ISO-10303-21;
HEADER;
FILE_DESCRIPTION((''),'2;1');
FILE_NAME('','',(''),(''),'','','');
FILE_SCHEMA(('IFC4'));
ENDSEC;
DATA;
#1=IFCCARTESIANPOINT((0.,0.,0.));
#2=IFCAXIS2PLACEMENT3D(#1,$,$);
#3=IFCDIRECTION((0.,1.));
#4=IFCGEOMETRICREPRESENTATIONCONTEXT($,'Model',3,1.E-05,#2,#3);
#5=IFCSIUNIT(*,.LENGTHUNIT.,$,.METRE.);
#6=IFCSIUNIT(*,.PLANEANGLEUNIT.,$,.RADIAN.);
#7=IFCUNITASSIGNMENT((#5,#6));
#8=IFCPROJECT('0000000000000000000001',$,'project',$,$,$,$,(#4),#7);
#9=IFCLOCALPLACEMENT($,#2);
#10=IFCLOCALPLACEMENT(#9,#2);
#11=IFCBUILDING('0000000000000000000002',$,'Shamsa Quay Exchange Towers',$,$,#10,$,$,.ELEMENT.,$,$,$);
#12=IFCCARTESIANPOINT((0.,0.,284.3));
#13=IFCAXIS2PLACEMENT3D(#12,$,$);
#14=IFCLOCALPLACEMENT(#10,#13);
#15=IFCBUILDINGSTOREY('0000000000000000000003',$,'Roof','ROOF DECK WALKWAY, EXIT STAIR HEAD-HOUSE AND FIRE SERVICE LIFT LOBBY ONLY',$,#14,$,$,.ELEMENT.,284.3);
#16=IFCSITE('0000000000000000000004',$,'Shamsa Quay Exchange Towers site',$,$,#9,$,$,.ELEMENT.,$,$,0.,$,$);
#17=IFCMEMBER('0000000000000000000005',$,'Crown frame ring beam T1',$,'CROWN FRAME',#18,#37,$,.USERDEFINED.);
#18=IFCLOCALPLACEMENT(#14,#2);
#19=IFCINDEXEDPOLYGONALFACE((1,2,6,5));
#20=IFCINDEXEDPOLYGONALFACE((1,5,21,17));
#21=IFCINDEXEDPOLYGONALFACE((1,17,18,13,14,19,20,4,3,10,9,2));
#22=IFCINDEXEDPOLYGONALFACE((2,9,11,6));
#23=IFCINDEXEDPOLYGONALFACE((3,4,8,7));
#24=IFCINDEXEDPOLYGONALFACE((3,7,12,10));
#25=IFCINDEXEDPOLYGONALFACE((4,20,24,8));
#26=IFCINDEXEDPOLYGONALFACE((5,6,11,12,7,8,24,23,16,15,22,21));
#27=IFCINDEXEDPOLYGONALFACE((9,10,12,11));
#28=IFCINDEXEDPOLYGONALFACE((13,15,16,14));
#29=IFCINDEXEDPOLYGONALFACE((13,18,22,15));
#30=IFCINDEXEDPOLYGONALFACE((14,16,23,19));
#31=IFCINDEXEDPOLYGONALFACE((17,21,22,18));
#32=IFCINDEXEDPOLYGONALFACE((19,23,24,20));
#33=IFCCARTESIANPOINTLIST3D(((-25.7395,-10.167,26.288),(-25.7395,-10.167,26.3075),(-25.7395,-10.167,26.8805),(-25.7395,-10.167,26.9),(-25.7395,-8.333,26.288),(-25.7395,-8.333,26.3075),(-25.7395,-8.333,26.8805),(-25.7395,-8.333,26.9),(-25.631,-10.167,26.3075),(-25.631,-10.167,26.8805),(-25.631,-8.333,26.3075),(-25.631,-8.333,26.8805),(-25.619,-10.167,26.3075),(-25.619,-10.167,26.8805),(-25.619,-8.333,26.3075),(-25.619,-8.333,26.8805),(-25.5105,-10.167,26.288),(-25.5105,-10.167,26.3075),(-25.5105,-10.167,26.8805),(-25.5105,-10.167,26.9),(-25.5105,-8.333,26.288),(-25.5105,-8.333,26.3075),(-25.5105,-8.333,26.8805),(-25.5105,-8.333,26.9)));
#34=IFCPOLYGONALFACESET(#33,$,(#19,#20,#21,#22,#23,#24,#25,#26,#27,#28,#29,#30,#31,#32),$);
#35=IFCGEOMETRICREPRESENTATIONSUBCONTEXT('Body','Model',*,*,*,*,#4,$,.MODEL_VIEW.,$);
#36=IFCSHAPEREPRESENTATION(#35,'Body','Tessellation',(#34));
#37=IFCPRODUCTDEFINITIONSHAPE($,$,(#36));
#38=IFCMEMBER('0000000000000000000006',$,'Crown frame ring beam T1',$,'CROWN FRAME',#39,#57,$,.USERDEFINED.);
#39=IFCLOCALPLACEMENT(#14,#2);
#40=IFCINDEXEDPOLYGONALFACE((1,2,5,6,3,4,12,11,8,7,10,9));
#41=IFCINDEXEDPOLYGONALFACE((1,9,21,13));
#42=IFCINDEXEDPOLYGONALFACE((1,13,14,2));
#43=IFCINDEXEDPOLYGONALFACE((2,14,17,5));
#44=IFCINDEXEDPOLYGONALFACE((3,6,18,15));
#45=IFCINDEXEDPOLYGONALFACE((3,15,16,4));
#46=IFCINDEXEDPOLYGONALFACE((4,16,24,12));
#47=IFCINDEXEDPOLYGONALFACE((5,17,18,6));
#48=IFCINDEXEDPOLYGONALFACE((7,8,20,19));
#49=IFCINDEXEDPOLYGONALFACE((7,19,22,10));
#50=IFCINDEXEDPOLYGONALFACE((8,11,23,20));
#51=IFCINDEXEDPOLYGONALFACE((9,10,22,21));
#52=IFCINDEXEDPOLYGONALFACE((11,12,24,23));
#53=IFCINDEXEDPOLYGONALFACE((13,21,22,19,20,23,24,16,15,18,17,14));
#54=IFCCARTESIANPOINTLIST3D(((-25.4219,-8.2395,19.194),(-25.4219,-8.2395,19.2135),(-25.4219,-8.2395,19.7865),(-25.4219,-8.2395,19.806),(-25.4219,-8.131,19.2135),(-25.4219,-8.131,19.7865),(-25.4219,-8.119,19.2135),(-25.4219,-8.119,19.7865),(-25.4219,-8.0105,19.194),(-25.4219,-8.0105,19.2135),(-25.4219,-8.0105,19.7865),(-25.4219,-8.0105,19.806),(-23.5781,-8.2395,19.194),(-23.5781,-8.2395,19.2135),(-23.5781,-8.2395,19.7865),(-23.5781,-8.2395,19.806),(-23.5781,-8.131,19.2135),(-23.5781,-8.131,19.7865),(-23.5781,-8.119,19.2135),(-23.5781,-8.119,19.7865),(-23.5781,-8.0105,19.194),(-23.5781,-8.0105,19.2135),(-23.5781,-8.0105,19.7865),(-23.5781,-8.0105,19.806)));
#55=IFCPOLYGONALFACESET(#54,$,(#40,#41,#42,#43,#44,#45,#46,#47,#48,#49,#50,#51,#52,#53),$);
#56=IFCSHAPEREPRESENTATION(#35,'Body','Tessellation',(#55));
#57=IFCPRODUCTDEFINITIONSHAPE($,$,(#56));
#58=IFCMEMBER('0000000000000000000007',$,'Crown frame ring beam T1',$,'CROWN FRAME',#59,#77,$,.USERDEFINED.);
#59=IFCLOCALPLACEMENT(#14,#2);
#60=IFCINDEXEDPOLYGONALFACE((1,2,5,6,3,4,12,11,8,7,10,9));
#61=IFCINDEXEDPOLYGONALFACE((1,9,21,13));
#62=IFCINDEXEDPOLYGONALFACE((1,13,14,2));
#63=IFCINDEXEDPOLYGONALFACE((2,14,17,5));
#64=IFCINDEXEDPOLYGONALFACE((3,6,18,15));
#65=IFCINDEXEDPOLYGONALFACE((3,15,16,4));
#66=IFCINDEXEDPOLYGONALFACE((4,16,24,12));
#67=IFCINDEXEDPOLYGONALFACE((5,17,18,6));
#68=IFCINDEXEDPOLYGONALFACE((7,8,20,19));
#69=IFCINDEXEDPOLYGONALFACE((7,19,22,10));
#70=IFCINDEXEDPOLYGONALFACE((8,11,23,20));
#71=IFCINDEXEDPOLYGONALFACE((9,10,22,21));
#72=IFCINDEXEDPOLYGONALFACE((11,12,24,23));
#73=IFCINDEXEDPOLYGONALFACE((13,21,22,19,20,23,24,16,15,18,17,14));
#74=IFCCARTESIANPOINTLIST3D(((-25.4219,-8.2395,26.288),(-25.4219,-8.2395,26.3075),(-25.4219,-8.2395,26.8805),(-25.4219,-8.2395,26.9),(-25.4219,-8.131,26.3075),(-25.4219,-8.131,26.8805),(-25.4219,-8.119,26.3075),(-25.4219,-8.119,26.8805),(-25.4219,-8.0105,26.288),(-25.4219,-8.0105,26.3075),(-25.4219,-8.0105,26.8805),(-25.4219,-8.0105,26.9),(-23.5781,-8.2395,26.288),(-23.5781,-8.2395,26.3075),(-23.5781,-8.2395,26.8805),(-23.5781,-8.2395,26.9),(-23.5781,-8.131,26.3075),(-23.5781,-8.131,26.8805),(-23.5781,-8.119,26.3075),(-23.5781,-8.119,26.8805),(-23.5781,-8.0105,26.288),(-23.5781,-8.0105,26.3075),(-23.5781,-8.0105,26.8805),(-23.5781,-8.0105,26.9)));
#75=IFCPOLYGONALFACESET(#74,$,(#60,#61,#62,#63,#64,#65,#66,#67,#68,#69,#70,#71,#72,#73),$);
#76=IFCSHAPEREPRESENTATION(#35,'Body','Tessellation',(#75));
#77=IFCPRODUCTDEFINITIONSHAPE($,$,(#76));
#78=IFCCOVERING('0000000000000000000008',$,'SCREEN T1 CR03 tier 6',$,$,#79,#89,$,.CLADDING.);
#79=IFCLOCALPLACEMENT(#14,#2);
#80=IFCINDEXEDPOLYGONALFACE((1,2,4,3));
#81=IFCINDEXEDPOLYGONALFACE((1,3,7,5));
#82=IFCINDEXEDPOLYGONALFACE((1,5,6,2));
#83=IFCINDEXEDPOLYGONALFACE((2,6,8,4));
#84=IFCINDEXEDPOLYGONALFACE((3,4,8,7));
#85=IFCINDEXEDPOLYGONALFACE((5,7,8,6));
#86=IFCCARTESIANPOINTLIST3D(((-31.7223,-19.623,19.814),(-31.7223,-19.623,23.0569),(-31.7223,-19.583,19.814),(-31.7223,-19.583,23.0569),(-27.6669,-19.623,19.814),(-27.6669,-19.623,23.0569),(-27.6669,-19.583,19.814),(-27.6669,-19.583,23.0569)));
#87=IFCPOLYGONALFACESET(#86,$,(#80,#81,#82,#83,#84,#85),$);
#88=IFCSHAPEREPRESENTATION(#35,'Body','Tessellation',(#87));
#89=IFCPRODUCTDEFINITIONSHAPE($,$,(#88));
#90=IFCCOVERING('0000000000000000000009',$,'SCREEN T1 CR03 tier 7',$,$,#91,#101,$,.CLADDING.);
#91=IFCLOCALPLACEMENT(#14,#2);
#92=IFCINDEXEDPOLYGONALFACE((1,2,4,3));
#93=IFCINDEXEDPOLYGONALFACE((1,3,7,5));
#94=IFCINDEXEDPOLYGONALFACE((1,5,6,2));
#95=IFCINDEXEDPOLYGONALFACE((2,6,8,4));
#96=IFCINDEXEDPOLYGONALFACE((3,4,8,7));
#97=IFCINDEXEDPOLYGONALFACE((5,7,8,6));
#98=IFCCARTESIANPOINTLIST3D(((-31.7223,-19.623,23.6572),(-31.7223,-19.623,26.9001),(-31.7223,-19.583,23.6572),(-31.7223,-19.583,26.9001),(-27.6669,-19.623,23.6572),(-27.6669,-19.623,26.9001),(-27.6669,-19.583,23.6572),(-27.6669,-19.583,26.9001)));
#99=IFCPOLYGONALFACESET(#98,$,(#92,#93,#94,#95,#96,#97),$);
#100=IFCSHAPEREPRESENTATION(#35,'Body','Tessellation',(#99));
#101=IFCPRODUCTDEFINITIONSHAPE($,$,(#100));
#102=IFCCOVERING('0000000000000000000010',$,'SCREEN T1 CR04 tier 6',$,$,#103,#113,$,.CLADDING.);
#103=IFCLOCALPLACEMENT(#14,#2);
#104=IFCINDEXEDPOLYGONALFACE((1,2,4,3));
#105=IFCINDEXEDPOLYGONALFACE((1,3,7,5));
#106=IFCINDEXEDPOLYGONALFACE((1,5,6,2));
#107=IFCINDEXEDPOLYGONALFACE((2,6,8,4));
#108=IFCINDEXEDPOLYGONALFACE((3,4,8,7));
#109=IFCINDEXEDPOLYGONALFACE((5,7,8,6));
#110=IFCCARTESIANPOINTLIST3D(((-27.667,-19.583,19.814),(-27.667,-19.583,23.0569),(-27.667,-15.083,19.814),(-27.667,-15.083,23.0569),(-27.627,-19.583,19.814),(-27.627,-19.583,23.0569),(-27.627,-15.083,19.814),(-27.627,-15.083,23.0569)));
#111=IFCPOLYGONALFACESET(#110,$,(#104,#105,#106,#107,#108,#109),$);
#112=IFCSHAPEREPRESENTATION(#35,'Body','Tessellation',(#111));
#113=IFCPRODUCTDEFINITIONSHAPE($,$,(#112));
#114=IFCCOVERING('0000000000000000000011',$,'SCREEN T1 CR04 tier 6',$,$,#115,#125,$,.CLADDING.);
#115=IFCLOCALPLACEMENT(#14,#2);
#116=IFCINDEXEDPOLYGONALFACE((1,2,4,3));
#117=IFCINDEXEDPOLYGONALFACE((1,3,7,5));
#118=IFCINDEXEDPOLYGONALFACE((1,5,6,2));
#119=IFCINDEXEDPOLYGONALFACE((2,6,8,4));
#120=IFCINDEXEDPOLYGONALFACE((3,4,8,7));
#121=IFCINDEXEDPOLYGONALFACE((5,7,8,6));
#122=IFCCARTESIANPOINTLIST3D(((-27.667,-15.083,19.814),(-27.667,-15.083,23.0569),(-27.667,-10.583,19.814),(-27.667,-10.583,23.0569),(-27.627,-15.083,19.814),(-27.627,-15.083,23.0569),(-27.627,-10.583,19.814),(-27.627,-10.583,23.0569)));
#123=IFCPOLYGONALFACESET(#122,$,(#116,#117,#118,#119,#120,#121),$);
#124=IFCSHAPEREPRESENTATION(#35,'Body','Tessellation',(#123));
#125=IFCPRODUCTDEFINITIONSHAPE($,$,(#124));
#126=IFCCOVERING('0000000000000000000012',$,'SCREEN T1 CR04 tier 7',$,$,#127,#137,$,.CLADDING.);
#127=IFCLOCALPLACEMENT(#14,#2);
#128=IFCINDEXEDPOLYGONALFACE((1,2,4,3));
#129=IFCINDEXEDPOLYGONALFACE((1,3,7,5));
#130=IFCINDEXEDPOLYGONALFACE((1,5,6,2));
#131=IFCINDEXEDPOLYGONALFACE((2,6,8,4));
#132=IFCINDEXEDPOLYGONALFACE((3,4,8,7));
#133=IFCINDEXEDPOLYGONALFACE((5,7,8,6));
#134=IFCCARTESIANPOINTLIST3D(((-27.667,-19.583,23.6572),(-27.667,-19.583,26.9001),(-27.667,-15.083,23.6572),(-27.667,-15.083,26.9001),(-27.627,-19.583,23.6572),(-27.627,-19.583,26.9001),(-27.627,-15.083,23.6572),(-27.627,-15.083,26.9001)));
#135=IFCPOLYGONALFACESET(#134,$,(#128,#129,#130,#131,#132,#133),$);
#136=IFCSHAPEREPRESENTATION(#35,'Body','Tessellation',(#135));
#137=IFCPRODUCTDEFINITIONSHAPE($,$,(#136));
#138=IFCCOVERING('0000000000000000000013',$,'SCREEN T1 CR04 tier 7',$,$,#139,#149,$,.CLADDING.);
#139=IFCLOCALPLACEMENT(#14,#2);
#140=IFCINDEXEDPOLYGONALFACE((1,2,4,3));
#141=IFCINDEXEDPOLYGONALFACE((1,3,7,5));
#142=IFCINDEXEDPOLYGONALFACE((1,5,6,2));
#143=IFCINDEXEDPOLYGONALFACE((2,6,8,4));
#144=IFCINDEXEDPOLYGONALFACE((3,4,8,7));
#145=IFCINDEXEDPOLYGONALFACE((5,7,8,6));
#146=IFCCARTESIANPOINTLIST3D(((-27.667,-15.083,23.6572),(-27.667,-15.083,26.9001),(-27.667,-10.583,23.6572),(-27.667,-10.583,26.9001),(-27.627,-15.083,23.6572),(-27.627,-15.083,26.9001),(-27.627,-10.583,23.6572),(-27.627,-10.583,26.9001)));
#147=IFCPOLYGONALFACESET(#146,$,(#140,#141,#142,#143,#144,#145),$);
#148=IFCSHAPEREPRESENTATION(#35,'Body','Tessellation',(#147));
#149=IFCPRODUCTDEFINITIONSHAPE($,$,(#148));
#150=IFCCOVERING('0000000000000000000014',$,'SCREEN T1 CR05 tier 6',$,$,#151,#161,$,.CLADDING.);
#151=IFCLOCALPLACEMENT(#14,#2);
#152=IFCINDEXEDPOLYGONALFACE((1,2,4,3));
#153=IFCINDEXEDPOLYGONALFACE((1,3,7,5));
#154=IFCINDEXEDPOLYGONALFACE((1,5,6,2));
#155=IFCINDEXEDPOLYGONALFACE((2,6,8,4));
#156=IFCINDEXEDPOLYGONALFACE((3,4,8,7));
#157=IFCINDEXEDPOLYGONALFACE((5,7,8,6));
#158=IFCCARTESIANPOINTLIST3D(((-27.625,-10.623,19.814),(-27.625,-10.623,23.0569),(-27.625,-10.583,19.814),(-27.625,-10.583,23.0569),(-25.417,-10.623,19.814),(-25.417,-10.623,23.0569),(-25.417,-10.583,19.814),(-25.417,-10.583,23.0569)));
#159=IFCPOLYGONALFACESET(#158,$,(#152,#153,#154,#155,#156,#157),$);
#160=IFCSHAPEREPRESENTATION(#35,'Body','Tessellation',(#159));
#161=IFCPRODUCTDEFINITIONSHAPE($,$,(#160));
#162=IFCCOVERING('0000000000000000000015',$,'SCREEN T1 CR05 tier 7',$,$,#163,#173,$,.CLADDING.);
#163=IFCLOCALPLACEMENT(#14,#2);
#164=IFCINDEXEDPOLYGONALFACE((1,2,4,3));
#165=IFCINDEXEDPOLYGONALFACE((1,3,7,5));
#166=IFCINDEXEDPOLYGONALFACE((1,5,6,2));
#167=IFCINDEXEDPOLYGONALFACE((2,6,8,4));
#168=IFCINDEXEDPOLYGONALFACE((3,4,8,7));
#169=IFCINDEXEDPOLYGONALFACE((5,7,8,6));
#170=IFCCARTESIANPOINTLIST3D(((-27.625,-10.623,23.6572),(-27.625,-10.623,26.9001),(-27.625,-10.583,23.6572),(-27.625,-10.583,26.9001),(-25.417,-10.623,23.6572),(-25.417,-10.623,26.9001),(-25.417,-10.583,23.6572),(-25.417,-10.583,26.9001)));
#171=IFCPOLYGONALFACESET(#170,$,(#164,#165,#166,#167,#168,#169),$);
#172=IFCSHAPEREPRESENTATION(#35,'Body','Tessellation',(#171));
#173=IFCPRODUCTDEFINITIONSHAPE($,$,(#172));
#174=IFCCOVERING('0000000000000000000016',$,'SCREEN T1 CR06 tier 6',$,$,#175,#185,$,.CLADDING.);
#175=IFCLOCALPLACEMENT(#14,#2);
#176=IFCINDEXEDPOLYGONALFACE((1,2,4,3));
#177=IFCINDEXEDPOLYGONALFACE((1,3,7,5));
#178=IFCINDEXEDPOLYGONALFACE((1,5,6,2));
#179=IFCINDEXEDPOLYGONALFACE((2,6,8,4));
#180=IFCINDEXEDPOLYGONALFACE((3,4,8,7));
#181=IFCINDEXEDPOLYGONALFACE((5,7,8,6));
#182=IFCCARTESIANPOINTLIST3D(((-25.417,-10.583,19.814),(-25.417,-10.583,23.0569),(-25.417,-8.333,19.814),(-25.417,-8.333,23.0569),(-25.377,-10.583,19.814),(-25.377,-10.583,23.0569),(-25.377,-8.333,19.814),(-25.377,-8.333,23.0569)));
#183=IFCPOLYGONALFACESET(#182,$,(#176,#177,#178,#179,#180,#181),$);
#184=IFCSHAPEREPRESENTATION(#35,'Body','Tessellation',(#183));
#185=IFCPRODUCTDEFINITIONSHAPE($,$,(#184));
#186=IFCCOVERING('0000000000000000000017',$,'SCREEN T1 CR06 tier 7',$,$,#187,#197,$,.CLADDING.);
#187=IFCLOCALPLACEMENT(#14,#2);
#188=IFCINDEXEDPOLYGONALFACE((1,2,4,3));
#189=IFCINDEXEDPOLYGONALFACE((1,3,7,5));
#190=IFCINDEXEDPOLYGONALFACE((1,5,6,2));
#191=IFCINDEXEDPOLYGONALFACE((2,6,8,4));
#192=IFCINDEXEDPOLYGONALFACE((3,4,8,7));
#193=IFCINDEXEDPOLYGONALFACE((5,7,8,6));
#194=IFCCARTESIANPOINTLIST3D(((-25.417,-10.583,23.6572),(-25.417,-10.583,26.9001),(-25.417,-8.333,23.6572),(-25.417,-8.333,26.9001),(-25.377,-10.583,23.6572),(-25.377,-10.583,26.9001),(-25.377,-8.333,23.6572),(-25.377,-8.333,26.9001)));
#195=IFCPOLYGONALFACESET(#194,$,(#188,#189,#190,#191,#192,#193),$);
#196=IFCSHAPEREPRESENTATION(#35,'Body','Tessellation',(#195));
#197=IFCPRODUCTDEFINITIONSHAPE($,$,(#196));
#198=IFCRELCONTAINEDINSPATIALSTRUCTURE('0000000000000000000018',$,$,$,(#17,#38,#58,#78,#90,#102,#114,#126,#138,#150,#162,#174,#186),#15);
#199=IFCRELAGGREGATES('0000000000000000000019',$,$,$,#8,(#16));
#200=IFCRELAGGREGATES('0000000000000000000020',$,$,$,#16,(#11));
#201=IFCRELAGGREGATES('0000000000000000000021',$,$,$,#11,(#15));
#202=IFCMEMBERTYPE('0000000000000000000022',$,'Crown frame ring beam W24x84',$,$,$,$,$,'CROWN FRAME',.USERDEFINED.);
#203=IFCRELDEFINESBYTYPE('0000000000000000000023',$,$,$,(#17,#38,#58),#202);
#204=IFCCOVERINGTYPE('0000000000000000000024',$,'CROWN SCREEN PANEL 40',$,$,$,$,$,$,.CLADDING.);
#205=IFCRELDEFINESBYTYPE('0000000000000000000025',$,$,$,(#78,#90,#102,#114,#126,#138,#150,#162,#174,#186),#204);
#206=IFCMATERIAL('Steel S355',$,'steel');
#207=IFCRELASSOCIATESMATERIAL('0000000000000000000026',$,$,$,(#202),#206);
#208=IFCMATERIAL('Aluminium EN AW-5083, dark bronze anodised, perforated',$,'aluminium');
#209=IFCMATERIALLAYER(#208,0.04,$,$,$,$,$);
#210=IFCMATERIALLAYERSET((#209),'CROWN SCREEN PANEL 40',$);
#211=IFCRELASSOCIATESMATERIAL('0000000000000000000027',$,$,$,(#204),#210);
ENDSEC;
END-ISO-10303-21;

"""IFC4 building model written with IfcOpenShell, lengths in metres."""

from ifc_helpers import new_model, si_unit, direction, frame, origin, origin_2d, place, context, subcontext, project, spatial, rectangle, i_section, extrude, material, layer, layer_set, material_profile, profile_set, type_object, element, save


model = new_model("IFC4")

# Units and contexts
model_context = context("Model", 3, precision=1e-05, world=origin(), true_north=direction((0.0, 1.0)))
body_context = subcontext(model_context, "Body", "Model", "MODEL_VIEW")
ifc_project = project(units=[si_unit("LENGTHUNIT", "METRE"), si_unit("PLANEANGLEUNIT", "RADIAN")], contexts=[model_context])

# Site, building, storey
site_placement = place(None, origin())
site = spatial("IfcSite", under=ifc_project, at=site_placement, Name="Shamsa Quay Exchange Towers site", CompositionType="ELEMENT", RefElevation=0.0)
building_placement = place(site_placement, origin())
building = spatial("IfcBuilding", under=site, at=building_placement, Name="Shamsa Quay Exchange Towers", CompositionType="ELEMENT")
storey_placement = place(building_placement, frame((0.0, 0.0, 284.3)))
storey = spatial("IfcBuildingStorey", under=building, at=storey_placement, Name="Roof", Description="ROOF DECK WALKWAY, EXIT STAIR HEAD-HOUSE AND FIRE SERVICE LIFT LOBBY ONLY", CompositionType="ELEMENT", Elevation=284.3)

# Members
ifc_material_1 = material(Name="Steel S355", Category="steel")
ifc_material_profile_1 = material_profile(ifc_material_1, i_section(OverallWidth=0.229, OverallDepth=0.6121, WebThickness=0.012, FlangeThickness=0.0195, at=origin_2d()), Name="W24x84")
ifc_profile_set_1 = profile_set([ifc_material_profile_1], Name="Steel S355")
member_type_1 = type_object("IfcMemberType", Name="Crown frame ring beam W24x84", ElementType="CROWN FRAME", PredefinedType="USERDEFINED", material=ifc_profile_set_1)
member_1_placement = place(storey_placement, frame((-25.625, -10.167, 26.594), z_axis=(0.0, 1.0, 0.0), x_axis=(-1.0, 0.0, 0.0)))
element("IfcMember", 1, at=member_1_placement, inside=storey, type_object=member_type_1, Name="Crown frame ring beam T1", ObjectType="CROWN FRAME", PredefinedType="USERDEFINED", context=body_context, shape_type="SweptSolid", body=[
    extrude(i_section(OverallWidth=0.229, OverallDepth=0.6121, WebThickness=0.012, FlangeThickness=0.0195, at=origin_2d()), origin(), (0.0, 0.0, 1.0), 1.834),
])
for number, where, z_axis, x_axis, name in (
    (2, (-25.4219, -8.125, 19.5), (1.0, 0.0, 0.0), (0.0, 1.0, 0.0), "Crown frame ring beam T1"),
    (3, (-25.4219, -8.125, 26.594), (1.0, 0.0, 0.0), (0.0, 1.0, 0.0), "Crown frame ring beam T1"),
):
    element("IfcMember", number, at=place(storey_placement, frame(where, z_axis=z_axis, x_axis=x_axis)), inside=storey, type_object=member_type_1, Name=name, ObjectType="CROWN FRAME", PredefinedType="USERDEFINED", context=body_context, shape_type="SweptSolid", body=[
        extrude(i_section(OverallWidth=0.229, OverallDepth=0.6121, WebThickness=0.012, FlangeThickness=0.0195, at=origin_2d()), origin(), (0.0, 0.0, 1.0), 1.8438),
    ])

# Coverings
ifc_material_2 = material(Name="Aluminium EN AW-5083, dark bronze anodised, perforated", Category="aluminium")
ifc_layer = layer(ifc_material_2, 0.04)
ifc_layer_set = layer_set([ifc_layer], Name="CROWN SCREEN PANEL 40")
covering_type = type_object("IfcCoveringType", Name="CROWN SCREEN PANEL 40", PredefinedType="CLADDING", material=ifc_layer_set)
for number, where, name in (
    (4, (-29.6946, -19.603, 19.814), "SCREEN T1 CR03 tier 6"),
    (5, (-29.6946, -19.603, 23.6572), "SCREEN T1 CR03 tier 7"),
):
    element("IfcCovering", number, at=place(storey_placement, frame(where)), inside=storey, type_object=covering_type, Name=name, PredefinedType="CLADDING", context=body_context, shape_type="SweptSolid", body=[
        extrude(rectangle(XDim=4.0554, YDim=0.04, at=origin_2d()), origin(), (0.0, 0.0, 1.0), 3.2429),
    ])
for number, where, z_axis, x_axis, name in (
    (6, (-27.647, -17.333, 19.814), (0.0, 0.0, 1.0), (0.0, 1.0, 0.0), "SCREEN T1 CR04 tier 6"),
    (7, (-27.647, -12.833, 19.814), (0.0, 0.0, 1.0), (0.0, 1.0, 0.0), "SCREEN T1 CR04 tier 6"),
    (8, (-27.647, -17.333, 23.6572), (0.0, 0.0, 1.0), (0.0, 1.0, 0.0), "SCREEN T1 CR04 tier 7"),
    (9, (-27.647, -12.833, 23.6572), (0.0, 0.0, 1.0), (0.0, 1.0, 0.0), "SCREEN T1 CR04 tier 7"),
):
    element("IfcCovering", number, at=place(storey_placement, frame(where, z_axis=z_axis, x_axis=x_axis)), inside=storey, type_object=covering_type, Name=name, PredefinedType="CLADDING", context=body_context, shape_type="SweptSolid", body=[
        extrude(rectangle(XDim=4.5, YDim=0.04, at=origin_2d()), origin(), (0.0, 0.0, 1.0), 3.2429),
    ])
for number, where, name in (
    (10, (-26.521, -10.603, 19.814), "SCREEN T1 CR05 tier 6"),
    (11, (-26.521, -10.603, 23.6572), "SCREEN T1 CR05 tier 7"),
):
    element("IfcCovering", number, at=place(storey_placement, frame(where)), inside=storey, type_object=covering_type, Name=name, PredefinedType="CLADDING", context=body_context, shape_type="SweptSolid", body=[
        extrude(rectangle(XDim=2.208, YDim=0.04, at=origin_2d()), origin(), (0.0, 0.0, 1.0), 3.2429),
    ])
for number, where, z_axis, x_axis, name in (
    (12, (-25.397, -9.458, 19.814), (0.0, 0.0, 1.0), (0.0, 1.0, 0.0), "SCREEN T1 CR06 tier 6"),
    (13, (-25.397, -9.458, 23.6572), (0.0, 0.0, 1.0), (0.0, 1.0, 0.0), "SCREEN T1 CR06 tier 7"),
):
    element("IfcCovering", number, at=place(storey_placement, frame(where, z_axis=z_axis, x_axis=x_axis)), inside=storey, type_object=covering_type, Name=name, PredefinedType="CLADDING", context=body_context, shape_type="SweptSolid", body=[
        extrude(rectangle(XDim=2.25, YDim=0.04, at=origin_2d()), origin(), (0.0, 0.0, 1.0), 3.2429),
    ])

save(model, "model.ifc")
